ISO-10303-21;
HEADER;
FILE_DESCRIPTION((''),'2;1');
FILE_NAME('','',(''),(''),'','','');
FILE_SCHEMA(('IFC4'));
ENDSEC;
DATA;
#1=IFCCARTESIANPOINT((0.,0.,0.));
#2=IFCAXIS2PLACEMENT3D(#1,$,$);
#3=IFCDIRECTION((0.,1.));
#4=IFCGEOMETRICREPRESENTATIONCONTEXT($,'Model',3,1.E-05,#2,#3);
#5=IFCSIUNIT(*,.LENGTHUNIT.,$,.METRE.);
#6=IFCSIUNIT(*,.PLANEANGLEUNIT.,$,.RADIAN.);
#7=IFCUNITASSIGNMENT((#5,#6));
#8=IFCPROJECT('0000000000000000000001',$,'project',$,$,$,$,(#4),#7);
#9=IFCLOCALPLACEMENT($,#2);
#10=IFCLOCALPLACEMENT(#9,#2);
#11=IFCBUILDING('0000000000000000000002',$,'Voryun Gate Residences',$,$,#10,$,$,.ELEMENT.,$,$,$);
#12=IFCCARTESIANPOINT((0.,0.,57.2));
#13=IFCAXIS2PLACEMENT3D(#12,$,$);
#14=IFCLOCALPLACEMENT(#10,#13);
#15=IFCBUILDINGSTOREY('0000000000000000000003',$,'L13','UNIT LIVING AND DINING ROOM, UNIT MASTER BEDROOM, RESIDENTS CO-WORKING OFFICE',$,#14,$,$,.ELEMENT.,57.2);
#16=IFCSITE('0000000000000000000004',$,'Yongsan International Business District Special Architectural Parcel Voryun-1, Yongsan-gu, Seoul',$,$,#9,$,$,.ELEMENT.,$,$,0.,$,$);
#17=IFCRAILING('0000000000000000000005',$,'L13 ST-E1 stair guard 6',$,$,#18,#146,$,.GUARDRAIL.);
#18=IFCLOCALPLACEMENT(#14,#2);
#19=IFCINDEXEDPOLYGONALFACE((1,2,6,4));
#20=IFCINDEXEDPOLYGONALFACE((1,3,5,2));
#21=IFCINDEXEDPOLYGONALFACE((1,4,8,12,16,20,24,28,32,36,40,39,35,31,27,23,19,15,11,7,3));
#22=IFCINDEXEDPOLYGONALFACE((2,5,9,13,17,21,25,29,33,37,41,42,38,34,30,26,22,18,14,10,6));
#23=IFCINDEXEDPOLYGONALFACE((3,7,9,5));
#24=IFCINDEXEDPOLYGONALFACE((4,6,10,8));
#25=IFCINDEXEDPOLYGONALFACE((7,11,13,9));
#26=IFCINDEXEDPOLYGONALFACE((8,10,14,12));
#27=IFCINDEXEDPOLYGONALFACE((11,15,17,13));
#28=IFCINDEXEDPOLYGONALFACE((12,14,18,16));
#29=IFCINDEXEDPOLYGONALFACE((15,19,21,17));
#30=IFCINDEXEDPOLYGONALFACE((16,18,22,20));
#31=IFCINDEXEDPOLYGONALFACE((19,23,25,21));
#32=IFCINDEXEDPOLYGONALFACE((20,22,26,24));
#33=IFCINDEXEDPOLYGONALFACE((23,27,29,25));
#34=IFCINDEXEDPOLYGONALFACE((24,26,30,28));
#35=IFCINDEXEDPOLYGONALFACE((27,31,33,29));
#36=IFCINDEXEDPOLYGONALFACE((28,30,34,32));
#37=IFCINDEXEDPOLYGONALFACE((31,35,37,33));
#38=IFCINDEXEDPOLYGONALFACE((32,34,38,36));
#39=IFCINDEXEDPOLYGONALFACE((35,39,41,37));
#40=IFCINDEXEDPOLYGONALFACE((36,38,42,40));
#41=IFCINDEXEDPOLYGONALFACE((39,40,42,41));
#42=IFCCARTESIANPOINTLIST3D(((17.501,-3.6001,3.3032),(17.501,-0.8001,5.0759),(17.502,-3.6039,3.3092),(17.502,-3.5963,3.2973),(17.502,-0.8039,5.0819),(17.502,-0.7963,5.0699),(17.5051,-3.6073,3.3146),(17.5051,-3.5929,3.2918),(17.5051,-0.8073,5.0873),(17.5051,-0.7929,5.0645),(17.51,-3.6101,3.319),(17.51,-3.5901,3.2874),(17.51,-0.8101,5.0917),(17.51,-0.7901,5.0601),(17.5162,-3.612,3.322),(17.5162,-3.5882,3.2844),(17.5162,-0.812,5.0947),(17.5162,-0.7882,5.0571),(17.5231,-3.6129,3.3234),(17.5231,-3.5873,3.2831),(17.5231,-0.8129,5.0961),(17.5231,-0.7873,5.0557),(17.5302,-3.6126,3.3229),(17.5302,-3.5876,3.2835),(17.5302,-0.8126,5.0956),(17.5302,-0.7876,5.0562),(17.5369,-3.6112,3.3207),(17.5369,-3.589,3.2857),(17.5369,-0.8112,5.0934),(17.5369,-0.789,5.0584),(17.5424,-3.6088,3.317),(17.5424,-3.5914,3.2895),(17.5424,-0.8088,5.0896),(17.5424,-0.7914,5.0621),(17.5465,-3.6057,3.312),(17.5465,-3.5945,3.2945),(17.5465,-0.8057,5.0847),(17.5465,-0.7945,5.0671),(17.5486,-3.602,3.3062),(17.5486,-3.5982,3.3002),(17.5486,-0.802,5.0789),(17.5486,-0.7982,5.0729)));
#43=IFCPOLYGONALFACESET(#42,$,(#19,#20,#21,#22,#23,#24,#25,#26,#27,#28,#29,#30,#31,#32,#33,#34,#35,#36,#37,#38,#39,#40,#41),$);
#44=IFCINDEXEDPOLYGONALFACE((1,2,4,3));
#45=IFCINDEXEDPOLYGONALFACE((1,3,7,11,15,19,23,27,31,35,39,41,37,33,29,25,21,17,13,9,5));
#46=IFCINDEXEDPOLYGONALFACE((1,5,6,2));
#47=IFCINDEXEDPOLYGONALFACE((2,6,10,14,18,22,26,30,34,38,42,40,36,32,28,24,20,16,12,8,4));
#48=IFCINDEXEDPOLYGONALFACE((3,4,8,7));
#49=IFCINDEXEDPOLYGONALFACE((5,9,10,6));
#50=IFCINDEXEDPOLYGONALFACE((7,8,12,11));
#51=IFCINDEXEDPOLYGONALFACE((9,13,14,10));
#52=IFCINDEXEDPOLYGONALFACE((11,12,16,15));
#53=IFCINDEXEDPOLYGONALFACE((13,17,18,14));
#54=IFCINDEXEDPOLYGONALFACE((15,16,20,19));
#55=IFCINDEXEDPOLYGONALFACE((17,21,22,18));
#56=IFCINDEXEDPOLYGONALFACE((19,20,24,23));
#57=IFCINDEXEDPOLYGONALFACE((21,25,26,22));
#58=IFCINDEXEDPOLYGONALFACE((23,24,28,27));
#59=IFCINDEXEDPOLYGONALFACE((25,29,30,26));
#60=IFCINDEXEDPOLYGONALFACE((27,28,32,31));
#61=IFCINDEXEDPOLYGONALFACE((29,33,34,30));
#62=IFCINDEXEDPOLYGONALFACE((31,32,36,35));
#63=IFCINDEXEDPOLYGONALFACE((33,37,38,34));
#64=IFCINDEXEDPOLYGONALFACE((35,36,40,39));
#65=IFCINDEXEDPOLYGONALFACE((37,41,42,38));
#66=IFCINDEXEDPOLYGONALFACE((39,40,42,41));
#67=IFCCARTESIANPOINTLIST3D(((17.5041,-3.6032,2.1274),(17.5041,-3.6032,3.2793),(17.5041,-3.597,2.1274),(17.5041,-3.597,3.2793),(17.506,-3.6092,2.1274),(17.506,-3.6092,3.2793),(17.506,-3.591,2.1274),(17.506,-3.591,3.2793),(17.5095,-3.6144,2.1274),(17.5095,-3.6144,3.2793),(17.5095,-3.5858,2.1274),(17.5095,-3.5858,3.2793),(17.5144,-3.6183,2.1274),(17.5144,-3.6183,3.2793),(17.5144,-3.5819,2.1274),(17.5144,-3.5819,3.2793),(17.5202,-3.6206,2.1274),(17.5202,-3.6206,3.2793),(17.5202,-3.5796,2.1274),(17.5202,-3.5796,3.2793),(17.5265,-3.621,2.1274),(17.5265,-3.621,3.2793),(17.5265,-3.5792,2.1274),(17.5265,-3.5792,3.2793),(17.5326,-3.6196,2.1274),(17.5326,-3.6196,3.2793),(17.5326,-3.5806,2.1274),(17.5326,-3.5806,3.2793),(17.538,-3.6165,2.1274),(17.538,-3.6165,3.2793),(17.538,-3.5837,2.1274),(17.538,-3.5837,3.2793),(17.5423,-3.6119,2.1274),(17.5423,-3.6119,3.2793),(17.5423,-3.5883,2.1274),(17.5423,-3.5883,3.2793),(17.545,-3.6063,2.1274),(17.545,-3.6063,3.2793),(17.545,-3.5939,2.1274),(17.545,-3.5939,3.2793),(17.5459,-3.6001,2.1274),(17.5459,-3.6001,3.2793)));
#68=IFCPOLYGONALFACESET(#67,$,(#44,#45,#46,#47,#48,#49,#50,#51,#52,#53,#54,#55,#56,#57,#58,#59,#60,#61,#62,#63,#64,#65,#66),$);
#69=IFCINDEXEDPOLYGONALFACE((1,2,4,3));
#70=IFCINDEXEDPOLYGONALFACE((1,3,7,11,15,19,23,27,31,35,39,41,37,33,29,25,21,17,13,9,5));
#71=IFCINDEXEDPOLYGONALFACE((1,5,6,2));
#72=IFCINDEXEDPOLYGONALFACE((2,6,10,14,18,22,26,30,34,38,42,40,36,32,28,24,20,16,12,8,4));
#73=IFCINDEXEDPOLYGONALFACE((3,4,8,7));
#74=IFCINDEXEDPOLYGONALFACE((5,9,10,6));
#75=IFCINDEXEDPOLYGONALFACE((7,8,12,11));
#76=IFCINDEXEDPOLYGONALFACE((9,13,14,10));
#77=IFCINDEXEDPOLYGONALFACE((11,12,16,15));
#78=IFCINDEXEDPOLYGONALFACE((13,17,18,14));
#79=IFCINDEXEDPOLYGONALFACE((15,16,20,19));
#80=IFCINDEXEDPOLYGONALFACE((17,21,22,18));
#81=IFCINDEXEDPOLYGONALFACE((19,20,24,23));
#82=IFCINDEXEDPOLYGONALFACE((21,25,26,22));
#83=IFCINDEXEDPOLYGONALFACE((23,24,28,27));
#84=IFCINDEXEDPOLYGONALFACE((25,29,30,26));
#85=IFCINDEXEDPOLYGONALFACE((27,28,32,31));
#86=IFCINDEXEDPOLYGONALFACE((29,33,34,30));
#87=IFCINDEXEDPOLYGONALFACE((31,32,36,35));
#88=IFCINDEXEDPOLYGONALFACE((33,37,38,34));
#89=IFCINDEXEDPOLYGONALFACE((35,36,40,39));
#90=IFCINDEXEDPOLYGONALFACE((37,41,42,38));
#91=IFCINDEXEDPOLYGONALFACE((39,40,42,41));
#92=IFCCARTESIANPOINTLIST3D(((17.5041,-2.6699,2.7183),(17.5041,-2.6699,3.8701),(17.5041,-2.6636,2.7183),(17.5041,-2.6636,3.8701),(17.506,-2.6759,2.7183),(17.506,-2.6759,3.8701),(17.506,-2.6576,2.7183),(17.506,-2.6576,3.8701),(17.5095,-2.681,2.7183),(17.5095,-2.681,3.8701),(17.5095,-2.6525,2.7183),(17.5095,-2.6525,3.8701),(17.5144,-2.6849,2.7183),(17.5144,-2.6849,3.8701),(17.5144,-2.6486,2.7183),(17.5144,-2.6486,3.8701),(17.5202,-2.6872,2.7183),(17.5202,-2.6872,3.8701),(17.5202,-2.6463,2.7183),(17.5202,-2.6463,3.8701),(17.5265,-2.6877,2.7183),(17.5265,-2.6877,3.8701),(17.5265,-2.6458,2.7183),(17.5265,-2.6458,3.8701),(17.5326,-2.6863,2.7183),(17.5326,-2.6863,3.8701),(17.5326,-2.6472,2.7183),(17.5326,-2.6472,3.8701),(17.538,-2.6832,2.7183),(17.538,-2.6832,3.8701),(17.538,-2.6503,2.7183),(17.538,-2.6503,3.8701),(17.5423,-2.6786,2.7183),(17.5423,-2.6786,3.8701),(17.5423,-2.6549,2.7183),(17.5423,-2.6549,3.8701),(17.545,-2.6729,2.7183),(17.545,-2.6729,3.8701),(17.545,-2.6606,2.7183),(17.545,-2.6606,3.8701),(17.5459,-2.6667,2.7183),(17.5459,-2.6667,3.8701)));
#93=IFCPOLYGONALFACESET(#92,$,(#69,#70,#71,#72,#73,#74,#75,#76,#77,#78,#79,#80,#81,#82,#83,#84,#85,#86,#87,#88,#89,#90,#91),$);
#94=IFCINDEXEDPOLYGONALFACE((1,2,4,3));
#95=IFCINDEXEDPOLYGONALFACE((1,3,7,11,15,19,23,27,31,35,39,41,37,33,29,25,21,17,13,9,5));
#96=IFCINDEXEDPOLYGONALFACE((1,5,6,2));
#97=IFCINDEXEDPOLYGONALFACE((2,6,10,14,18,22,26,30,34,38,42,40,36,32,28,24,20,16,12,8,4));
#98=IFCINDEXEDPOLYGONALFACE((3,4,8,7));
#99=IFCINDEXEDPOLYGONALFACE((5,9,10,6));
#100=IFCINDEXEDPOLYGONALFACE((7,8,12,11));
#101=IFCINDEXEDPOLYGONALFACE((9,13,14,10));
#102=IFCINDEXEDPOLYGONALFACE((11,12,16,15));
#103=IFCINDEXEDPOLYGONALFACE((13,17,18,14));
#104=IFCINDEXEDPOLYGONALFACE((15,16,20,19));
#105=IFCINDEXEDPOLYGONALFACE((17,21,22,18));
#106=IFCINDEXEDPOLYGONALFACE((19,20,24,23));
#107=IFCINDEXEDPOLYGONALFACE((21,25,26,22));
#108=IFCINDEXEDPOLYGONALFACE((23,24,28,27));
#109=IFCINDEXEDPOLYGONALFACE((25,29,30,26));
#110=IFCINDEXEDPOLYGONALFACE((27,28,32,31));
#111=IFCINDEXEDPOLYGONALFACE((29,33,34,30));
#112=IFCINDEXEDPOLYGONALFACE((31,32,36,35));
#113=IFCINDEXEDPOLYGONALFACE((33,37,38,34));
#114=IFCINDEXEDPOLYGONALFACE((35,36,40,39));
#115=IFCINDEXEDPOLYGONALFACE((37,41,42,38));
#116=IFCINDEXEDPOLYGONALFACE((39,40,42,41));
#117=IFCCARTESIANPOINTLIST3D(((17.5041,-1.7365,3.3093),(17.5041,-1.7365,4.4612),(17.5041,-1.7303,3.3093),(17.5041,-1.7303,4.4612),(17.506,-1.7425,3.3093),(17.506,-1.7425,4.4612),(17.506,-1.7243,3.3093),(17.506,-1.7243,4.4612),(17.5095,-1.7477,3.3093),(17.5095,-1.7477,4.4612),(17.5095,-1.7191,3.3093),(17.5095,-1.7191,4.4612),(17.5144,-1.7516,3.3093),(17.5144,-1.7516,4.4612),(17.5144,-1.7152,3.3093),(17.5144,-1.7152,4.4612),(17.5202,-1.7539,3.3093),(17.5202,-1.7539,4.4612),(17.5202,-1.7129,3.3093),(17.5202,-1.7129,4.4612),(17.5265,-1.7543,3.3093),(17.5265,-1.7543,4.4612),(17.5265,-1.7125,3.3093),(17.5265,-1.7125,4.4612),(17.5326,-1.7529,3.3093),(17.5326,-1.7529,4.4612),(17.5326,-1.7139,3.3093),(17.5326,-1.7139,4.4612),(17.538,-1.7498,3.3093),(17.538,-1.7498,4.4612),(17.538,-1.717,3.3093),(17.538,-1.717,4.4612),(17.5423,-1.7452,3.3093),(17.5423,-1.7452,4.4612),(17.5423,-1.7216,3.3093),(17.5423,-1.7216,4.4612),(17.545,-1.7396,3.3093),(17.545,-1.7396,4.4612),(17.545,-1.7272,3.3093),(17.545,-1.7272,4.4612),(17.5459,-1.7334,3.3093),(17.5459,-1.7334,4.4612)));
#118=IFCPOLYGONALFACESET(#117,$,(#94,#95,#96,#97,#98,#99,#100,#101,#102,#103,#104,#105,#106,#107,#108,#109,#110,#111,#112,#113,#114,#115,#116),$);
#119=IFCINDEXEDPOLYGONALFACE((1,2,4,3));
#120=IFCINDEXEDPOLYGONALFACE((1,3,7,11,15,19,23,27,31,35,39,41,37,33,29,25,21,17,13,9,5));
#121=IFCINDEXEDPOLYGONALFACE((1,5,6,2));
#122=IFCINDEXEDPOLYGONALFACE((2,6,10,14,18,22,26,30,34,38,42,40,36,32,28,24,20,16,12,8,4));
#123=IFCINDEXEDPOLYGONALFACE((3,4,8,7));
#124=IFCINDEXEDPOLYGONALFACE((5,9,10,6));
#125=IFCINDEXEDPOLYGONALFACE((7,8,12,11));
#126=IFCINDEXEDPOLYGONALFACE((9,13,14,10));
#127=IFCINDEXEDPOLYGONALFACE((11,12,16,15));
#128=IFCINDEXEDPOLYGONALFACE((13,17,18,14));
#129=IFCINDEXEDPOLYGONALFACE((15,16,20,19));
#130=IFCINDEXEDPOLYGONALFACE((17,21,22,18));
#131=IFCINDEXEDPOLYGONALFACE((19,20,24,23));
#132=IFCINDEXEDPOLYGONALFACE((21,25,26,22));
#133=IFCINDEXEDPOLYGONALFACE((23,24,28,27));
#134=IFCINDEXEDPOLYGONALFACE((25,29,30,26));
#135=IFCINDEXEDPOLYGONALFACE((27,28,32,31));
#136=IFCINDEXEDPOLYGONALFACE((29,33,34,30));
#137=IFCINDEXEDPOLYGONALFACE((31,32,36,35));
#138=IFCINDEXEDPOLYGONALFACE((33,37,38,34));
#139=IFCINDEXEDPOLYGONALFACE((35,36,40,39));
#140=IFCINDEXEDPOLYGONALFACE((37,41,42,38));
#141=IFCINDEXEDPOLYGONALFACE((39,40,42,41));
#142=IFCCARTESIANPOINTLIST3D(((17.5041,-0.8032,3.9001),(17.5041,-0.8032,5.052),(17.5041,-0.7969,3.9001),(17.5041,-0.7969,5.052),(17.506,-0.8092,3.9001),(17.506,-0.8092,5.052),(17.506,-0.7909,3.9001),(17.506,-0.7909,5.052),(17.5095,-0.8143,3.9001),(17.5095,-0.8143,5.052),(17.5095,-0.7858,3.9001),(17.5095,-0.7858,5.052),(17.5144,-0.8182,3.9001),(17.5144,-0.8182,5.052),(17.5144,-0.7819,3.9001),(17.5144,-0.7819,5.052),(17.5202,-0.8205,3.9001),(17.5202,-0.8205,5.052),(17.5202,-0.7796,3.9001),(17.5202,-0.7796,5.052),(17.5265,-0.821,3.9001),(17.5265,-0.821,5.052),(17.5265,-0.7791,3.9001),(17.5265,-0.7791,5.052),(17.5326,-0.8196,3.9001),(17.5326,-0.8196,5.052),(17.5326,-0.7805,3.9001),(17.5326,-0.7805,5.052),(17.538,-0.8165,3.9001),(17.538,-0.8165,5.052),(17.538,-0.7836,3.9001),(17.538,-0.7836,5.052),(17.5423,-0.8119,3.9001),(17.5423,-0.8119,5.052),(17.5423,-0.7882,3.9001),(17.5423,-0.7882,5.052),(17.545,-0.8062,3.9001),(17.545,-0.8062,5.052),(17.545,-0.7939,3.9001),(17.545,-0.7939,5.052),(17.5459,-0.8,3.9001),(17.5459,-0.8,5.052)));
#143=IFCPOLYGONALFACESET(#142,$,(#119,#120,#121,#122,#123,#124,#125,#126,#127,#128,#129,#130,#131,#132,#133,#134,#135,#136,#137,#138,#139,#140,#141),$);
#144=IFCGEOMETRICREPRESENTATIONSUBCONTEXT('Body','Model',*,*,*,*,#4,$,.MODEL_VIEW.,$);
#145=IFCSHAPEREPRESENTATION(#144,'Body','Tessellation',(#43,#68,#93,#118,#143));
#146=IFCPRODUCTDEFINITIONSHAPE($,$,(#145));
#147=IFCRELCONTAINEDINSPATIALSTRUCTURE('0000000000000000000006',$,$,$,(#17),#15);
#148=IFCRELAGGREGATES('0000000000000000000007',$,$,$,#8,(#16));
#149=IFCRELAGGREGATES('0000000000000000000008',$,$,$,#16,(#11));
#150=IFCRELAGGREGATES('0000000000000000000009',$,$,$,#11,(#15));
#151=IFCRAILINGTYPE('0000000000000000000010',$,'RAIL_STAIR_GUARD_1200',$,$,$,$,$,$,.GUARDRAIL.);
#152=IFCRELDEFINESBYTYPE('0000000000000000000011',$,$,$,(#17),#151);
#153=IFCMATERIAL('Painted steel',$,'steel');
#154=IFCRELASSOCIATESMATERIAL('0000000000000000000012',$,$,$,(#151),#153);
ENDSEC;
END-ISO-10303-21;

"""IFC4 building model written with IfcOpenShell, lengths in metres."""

from ifc_helpers import new_model, si_unit, direction, frame, origin, origin_2d, place, context, subcontext, project, spatial, circle, extrude, material, type_object, element, save


model = new_model("IFC4")

# Units and contexts
model_context = context("Model", 3, precision=1e-05, world=origin(), true_north=direction((0.0, 1.0)))
body_context = subcontext(model_context, "Body", "Model", "MODEL_VIEW")
ifc_project = project(units=[si_unit("LENGTHUNIT", "METRE"), si_unit("PLANEANGLEUNIT", "RADIAN")], contexts=[model_context])

# Site, building, storey
site_placement = place(None, origin())
site = spatial("IfcSite", under=ifc_project, at=site_placement, Name="Yongsan International Business District Special Architectural Parcel Voryun-1, Yongsan-gu, Seoul", CompositionType="ELEMENT", RefElevation=0.0)
building_placement = place(site_placement, origin())
building = spatial("IfcBuilding", under=site, at=building_placement, Name="Voryun Gate Residences", CompositionType="ELEMENT")
storey_placement = place(building_placement, frame((0.0, 0.0, 57.2)))
storey = spatial("IfcBuildingStorey", under=building, at=storey_placement, Name="L13", Description="UNIT LIVING AND DINING ROOM, UNIT MASTER BEDROOM, RESIDENTS CO-WORKING OFFICE", CompositionType="ELEMENT", Elevation=57.2)

# Railing
ifc_material_1 = material(Name="Painted steel", Category="steel")
railing_type_1 = type_object("IfcRailingType", Name="RAIL_STAIR_GUARD_1200", PredefinedType="GUARDRAIL", material=ifc_material_1)
railing_1_placement = place(storey_placement, frame((17.5249, -3.6001, 2.1274)))
element("IfcRailing", 1, at=railing_1_placement, inside=storey, type_object=railing_type_1, Name="L13 ST-E1 stair guard 6", PredefinedType="GUARDRAIL", context=body_context, shape_type="SweptSolid", body=[
    extrude(circle(Radius=0.0239, at=origin_2d()), frame((0.0, 0.0, 1.1758), z_axis=(0.0, 0.844909, 0.53491), x_axis=(-1.0, 0.0, 0.0)), (0.0, 0.0, 1.0), 3.314),
    extrude(circle(Radius=0.021, at=origin_2d()), origin(), (0.0, 0.0, 1.0), 1.1519),
    extrude(circle(Radius=0.021, at=origin_2d()), frame((0.0, 0.9333, 0.5908)), (0.0, 0.0, 1.0), 1.1519),
    extrude(circle(Radius=0.021, at=origin_2d()), frame((0.0, 1.8667, 1.1819)), (0.0, 0.0, 1.0), 1.1519),
    extrude(circle(Radius=0.021, at=origin_2d()), frame((0.0, 2.8, 1.7727)), (0.0, 0.0, 1.0), 1.1519),
])

save(model, "model.ifc")
